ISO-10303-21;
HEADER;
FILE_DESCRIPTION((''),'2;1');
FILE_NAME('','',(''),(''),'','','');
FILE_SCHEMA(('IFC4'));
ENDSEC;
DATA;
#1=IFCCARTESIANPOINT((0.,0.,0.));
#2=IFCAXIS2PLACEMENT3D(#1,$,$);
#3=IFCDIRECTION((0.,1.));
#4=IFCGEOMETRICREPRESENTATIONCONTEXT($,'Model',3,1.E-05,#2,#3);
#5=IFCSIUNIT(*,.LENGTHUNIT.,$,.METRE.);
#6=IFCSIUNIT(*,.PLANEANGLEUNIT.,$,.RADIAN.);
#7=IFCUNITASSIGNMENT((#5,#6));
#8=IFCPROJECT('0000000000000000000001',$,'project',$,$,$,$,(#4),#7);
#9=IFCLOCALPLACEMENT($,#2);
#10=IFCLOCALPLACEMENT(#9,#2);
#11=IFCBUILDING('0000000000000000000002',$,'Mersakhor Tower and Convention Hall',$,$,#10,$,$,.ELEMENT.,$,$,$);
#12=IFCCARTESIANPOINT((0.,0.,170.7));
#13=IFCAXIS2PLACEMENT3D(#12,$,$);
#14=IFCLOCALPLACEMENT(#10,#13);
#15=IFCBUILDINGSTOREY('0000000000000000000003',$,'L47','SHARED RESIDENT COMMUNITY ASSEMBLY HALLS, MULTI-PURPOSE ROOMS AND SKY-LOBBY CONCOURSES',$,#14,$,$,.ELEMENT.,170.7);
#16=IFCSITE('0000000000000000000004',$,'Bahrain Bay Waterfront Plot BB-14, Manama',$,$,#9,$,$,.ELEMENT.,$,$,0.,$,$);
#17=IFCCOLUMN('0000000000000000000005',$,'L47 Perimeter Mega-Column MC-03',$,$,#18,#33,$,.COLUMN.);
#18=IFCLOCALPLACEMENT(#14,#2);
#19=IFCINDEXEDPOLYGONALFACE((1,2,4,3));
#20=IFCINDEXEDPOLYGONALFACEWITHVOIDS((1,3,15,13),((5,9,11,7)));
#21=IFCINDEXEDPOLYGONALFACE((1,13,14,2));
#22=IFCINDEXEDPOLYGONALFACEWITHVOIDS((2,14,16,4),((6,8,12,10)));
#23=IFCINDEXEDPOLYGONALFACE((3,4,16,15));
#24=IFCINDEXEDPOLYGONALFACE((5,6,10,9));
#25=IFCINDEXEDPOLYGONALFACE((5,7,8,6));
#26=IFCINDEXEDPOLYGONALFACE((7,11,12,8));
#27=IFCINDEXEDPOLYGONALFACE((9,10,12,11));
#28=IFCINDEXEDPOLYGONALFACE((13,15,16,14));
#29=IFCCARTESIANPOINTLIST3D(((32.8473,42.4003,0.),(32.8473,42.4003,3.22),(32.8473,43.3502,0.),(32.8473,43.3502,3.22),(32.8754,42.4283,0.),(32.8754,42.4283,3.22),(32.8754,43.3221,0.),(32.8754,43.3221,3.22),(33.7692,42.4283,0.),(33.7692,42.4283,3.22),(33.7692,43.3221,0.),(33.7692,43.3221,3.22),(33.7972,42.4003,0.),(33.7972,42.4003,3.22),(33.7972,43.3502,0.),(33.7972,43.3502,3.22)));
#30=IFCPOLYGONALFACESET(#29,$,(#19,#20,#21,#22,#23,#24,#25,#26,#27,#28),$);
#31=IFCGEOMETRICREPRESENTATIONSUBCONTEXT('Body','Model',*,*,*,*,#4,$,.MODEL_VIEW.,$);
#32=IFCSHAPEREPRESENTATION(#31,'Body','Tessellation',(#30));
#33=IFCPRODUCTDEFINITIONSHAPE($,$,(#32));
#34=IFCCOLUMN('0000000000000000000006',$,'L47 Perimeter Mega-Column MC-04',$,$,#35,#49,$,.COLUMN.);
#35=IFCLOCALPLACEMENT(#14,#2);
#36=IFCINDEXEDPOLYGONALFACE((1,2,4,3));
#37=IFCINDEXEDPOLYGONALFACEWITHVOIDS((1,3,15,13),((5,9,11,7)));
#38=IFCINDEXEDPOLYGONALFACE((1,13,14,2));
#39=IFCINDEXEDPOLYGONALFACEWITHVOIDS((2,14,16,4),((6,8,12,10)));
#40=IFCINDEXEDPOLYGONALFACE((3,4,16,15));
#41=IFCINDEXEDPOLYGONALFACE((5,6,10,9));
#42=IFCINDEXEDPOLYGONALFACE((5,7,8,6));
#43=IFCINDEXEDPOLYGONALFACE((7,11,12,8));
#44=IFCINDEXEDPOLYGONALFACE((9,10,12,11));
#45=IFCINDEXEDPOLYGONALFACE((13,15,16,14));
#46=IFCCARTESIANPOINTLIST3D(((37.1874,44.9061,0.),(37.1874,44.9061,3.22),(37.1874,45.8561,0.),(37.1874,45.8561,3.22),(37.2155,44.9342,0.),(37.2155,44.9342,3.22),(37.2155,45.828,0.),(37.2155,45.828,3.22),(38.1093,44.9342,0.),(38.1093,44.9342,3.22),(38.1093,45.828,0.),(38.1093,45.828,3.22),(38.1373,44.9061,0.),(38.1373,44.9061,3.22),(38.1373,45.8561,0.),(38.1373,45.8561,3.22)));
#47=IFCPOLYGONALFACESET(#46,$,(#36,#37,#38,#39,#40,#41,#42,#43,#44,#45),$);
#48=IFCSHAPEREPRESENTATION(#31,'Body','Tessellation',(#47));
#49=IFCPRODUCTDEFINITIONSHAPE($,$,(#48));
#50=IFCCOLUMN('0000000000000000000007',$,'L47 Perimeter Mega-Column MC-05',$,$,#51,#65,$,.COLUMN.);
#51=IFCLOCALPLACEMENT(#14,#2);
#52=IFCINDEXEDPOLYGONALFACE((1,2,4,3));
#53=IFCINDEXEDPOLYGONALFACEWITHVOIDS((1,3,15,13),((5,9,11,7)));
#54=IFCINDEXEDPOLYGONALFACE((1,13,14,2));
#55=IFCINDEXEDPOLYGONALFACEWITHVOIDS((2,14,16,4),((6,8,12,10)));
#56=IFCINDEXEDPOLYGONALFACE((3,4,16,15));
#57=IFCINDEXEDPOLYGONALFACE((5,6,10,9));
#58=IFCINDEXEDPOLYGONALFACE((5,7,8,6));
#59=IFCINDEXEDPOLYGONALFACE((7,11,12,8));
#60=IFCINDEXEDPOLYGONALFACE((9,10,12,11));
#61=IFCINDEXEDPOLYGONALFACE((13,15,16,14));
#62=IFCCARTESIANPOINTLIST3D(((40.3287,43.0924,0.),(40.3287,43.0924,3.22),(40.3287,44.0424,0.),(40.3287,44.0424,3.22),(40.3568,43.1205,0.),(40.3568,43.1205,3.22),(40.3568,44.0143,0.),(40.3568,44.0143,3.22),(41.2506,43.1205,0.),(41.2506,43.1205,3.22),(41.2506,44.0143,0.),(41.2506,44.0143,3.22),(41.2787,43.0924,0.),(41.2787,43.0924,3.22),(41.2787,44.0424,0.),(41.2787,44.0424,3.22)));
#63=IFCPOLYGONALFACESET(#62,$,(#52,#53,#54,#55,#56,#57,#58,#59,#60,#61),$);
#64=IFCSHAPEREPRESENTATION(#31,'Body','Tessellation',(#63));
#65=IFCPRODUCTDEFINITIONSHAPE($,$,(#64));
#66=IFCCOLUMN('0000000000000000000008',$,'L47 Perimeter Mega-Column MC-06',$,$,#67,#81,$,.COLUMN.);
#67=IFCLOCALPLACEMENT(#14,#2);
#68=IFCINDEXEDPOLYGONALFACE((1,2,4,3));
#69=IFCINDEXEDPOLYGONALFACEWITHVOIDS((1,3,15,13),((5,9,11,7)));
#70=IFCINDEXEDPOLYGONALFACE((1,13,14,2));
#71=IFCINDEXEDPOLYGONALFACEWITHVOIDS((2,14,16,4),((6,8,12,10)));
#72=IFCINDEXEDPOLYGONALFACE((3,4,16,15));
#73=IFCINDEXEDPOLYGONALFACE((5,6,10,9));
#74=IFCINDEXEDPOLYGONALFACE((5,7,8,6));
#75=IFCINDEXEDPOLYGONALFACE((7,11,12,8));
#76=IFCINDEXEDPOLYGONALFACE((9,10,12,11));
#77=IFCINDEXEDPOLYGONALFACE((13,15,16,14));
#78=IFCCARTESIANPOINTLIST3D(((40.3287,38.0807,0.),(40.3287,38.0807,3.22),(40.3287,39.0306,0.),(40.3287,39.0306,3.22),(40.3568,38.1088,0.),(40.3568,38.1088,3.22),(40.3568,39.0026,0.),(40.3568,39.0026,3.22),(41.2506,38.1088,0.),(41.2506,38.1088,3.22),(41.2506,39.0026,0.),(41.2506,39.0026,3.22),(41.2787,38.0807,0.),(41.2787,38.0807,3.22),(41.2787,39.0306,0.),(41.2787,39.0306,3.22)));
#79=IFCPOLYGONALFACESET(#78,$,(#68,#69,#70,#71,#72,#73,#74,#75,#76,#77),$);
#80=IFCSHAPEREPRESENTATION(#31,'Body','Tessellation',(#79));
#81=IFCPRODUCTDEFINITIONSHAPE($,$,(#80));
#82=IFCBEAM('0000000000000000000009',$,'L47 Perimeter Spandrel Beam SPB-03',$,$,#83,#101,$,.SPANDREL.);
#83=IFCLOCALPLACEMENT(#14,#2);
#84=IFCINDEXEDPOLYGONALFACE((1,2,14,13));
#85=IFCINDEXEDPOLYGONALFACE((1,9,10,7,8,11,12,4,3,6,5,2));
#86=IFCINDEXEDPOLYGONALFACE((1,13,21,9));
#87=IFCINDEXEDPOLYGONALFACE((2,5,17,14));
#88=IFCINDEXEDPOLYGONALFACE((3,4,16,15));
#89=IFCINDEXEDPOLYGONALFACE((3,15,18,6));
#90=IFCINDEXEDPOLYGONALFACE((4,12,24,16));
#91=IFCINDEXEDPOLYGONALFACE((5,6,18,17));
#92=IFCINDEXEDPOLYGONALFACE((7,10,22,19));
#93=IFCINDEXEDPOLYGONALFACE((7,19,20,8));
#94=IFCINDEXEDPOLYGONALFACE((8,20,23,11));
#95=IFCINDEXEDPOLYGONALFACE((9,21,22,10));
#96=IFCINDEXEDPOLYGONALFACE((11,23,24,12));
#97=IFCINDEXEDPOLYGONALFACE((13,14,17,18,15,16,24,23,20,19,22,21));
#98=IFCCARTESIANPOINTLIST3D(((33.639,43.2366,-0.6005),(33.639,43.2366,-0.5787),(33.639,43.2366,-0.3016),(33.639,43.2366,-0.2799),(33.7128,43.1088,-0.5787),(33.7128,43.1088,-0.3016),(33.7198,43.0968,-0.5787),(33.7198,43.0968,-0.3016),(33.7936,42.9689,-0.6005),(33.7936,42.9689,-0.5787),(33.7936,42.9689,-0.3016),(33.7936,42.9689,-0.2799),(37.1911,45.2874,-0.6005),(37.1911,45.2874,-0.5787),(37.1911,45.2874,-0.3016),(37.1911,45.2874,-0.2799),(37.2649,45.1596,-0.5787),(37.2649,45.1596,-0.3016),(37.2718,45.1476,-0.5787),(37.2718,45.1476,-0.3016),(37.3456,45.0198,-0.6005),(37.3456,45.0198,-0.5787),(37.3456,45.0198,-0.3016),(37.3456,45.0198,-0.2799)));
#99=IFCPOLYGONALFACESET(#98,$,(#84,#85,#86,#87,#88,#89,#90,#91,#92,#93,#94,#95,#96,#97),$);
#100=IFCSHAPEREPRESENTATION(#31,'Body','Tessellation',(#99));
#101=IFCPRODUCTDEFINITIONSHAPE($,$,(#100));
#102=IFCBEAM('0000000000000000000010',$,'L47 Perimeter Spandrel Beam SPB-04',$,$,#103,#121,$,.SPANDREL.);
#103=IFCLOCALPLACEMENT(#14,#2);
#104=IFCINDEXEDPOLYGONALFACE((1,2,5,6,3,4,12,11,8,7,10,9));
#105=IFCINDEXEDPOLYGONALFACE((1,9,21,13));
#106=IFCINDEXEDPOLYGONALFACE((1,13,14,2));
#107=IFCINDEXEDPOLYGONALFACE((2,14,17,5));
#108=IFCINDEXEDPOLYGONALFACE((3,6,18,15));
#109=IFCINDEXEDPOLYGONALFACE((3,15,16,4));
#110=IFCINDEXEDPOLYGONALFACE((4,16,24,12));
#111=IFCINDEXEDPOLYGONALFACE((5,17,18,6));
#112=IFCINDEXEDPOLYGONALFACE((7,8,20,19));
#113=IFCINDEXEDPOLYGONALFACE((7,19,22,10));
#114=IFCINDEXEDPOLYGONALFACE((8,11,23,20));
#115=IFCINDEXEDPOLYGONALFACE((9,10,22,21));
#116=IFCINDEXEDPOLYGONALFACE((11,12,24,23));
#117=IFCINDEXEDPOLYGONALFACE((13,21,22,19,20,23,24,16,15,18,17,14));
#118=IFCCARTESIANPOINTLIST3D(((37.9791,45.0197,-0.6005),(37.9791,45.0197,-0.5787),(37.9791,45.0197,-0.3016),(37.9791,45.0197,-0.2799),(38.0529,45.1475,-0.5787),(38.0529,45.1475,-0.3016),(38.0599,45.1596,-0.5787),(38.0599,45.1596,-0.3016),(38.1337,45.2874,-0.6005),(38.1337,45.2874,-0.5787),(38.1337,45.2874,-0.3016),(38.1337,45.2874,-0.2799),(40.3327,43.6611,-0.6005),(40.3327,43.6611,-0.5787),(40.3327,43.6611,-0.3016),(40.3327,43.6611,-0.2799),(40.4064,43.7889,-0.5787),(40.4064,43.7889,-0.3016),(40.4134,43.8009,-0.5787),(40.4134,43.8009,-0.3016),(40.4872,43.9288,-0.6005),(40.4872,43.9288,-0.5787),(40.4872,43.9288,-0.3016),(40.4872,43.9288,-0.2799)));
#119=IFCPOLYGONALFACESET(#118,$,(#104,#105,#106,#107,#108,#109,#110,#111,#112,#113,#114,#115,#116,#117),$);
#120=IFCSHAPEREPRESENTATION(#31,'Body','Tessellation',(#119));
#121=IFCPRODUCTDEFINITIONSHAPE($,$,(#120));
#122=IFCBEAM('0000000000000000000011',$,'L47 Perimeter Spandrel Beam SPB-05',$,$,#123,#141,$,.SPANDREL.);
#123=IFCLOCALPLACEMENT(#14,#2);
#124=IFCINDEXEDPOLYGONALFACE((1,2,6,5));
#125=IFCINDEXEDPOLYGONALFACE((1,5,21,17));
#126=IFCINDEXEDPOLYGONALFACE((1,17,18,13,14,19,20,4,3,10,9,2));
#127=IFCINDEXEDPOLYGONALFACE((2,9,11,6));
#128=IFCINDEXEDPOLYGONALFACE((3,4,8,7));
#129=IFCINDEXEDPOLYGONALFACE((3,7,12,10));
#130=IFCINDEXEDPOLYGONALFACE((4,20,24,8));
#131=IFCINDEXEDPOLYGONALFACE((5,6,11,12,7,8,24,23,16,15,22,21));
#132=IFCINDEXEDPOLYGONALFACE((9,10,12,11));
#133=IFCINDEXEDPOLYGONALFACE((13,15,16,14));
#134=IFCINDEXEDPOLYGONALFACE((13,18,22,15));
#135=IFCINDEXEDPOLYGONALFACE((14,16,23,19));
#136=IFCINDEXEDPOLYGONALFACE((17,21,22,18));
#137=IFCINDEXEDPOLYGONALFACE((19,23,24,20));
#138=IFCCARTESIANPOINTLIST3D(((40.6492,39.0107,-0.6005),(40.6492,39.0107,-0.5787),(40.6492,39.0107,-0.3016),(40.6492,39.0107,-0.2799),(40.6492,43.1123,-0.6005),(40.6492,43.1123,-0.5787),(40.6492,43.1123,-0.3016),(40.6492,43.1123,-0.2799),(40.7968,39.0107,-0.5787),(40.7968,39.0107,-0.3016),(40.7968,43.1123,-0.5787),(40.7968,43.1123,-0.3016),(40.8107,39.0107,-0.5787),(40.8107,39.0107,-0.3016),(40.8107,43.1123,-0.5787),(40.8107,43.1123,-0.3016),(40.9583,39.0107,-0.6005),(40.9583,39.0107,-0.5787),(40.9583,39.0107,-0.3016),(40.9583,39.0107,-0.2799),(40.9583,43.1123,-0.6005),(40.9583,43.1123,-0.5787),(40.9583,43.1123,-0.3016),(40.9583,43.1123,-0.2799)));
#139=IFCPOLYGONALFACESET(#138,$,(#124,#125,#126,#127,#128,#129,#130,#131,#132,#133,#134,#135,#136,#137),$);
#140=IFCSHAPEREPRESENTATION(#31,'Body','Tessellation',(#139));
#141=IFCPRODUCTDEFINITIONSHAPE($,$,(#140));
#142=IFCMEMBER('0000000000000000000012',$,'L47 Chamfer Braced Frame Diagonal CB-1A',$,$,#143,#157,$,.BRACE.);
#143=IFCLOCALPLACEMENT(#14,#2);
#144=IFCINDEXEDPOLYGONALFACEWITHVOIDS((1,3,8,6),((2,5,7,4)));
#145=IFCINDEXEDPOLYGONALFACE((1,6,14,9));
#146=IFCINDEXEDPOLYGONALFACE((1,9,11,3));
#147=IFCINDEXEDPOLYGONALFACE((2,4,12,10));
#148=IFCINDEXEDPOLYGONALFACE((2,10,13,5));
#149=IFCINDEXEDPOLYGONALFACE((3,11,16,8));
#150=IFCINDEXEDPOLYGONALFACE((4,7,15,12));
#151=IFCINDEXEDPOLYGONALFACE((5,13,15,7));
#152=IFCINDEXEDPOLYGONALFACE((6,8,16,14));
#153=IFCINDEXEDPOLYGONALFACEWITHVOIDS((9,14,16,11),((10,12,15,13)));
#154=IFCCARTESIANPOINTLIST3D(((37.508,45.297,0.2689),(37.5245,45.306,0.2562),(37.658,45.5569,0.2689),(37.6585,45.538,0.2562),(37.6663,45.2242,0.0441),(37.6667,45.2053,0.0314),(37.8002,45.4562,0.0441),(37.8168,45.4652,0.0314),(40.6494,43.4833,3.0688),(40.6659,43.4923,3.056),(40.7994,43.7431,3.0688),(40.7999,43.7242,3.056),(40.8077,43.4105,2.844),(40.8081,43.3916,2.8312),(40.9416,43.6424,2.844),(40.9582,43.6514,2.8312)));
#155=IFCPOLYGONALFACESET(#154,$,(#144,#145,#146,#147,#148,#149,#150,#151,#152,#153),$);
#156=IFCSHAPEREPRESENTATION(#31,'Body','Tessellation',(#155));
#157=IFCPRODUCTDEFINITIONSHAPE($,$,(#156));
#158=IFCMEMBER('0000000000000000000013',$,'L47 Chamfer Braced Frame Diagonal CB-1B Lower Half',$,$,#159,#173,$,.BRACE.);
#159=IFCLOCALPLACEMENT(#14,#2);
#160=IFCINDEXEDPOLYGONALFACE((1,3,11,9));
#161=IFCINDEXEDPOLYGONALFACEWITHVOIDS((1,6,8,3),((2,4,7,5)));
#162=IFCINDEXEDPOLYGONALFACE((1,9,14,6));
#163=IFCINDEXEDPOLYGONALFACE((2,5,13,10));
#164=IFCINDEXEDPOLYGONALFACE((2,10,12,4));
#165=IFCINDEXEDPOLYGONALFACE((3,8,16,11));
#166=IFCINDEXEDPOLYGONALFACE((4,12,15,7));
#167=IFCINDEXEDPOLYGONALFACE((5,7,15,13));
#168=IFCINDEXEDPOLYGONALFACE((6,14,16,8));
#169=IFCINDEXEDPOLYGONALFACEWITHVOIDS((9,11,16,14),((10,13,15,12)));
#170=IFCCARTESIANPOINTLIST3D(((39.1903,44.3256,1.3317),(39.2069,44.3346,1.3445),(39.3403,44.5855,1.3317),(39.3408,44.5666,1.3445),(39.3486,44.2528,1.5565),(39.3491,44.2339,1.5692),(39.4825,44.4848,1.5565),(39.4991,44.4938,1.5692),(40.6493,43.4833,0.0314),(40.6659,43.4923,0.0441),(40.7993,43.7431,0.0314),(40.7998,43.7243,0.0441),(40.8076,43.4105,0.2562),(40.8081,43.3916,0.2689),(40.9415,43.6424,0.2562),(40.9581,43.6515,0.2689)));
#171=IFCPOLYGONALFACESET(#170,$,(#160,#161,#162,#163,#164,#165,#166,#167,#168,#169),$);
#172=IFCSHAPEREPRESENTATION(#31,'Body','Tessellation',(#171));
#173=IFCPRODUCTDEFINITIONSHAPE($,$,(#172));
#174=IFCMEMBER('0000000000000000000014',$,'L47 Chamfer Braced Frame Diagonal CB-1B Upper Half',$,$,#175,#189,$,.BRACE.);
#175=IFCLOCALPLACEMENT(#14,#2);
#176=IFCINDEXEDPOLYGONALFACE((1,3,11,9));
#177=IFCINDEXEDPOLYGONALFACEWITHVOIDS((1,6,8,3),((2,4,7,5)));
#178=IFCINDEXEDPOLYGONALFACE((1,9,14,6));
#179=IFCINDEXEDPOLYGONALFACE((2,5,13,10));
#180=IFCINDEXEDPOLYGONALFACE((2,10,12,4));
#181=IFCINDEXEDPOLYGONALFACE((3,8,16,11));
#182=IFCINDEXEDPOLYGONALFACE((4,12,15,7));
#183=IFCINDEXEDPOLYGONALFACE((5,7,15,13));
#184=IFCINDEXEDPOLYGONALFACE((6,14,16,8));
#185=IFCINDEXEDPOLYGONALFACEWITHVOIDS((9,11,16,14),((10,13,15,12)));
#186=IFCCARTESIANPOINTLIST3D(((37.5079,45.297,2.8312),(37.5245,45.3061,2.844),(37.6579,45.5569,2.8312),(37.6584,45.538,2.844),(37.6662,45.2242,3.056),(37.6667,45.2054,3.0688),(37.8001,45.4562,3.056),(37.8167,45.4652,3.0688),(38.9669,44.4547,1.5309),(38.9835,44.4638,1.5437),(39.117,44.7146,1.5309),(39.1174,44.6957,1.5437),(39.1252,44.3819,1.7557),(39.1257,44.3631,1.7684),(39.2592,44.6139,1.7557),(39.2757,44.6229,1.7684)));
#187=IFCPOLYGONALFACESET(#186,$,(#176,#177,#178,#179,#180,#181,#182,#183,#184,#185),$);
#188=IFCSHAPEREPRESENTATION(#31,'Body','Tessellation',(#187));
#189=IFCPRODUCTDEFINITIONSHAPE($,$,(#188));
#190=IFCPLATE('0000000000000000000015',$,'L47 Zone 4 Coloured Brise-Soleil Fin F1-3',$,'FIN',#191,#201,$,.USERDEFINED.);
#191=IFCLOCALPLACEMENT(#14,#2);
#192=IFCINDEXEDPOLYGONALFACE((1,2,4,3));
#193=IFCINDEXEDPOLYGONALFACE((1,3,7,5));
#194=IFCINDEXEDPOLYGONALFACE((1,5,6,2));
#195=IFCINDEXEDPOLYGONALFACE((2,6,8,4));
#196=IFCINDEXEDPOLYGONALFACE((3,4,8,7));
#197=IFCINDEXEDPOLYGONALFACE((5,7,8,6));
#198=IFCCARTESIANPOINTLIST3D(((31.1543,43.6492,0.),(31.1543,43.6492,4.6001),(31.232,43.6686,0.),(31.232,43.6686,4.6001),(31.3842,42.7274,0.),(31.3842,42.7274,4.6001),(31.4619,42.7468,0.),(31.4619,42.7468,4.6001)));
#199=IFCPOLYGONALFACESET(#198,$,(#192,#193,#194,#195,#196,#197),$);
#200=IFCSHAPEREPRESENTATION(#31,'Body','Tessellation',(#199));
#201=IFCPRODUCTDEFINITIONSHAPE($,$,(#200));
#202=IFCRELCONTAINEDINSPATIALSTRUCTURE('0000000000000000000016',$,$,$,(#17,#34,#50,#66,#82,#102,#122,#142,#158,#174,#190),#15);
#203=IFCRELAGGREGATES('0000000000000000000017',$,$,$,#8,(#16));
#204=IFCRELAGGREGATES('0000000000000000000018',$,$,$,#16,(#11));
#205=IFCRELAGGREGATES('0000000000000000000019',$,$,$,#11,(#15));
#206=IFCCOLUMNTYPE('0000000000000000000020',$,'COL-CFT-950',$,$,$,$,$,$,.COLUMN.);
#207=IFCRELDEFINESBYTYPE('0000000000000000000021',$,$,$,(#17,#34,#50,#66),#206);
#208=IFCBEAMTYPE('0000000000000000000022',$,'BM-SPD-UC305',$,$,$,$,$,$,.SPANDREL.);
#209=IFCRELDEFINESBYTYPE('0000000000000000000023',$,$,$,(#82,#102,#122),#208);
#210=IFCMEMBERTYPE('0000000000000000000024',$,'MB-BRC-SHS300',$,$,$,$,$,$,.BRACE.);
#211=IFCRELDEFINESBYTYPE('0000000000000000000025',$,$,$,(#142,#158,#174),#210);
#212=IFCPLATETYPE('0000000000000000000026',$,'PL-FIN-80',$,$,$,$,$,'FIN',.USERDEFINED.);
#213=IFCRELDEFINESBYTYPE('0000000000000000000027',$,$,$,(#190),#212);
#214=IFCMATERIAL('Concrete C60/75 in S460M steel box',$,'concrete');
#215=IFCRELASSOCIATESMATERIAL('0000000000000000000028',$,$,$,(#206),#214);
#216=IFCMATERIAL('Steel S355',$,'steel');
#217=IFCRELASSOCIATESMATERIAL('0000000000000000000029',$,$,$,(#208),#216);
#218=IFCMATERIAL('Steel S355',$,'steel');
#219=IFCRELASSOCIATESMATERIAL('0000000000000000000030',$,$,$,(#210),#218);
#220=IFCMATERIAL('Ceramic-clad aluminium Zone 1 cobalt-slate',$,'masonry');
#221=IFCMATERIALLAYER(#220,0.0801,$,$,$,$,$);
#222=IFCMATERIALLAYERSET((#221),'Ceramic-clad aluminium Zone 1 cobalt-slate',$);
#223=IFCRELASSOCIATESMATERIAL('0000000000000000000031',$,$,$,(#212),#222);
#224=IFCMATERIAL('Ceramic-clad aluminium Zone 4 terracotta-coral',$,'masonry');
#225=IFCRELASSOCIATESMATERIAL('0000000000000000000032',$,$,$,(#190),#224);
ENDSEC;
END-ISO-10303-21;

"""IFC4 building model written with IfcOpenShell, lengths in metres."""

from ifc_helpers import new_model, si_unit, direction, frame, origin, origin_2d, place, context, subcontext, project, spatial, rectangle, hollow_rectangle, i_section, extrude, material, layer, layer_set, material_profile, profile_set, type_object, element, save


model = new_model("IFC4")

# Units and contexts
model_context = context("Model", 3, precision=1e-05, world=origin(), true_north=direction((0.0, 1.0)))
body_context = subcontext(model_context, "Body", "Model", "MODEL_VIEW")
ifc_project = project(units=[si_unit("LENGTHUNIT", "METRE"), si_unit("PLANEANGLEUNIT", "RADIAN")], contexts=[model_context])

# Site, building, storey
site_placement = place(None, origin())
site = spatial("IfcSite", under=ifc_project, at=site_placement, Name="Bahrain Bay Waterfront Plot BB-14, Manama", CompositionType="ELEMENT", RefElevation=0.0)
building_placement = place(site_placement, origin())
building = spatial("IfcBuilding", under=site, at=building_placement, Name="Mersakhor Tower and Convention Hall", CompositionType="ELEMENT")
storey_placement = place(building_placement, frame((0.0, 0.0, 170.7)))
storey = spatial("IfcBuildingStorey", under=building, at=storey_placement, Name="L47", Description="SHARED RESIDENT COMMUNITY ASSEMBLY HALLS, MULTI-PURPOSE ROOMS AND SKY-LOBBY CONCOURSES", CompositionType="ELEMENT", Elevation=170.7)

# Columns
ifc_material_1 = material(Name="Concrete C60/75 in S460M steel box", Category="concrete")
ifc_material_profile_1 = material_profile(ifc_material_1, hollow_rectangle(XDim=0.95, YDim=0.95, WallThickness=0.0281, at=origin_2d()), Name="SHS 950x950x28")
ifc_profile_set_1 = profile_set([ifc_material_profile_1], Name="Concrete C60/75 in S460M steel box")
column_type = type_object("IfcColumnType", Name="COL-CFT-950", PredefinedType="COLUMN", material=ifc_profile_set_1)
for number, where, z_axis, x_axis, name in (
    (1, (33.3223, 42.8752, 0.0), (0.0, 0.0, 1.0), (1.0, 0.0, 0.0), "L47 Perimeter Mega-Column MC-03"),
    (2, (37.6624, 45.3811, 0.0), (0.0, 0.0, 1.0), (1.0, 0.0, 0.0), "L47 Perimeter Mega-Column MC-04"),
    (3, (40.8037, 43.5674, 0.0), (0.0, 0.0, 1.0), (1.0, 0.0, 0.0), "L47 Perimeter Mega-Column MC-05"),
    (4, (40.8037, 38.5557, 0.0), (0.0, 0.0, 1.0), (1.0, 0.0, 0.0), "L47 Perimeter Mega-Column MC-06"),
):
    element("IfcColumn", number, at=place(storey_placement, frame(where, z_axis=z_axis, x_axis=x_axis)), inside=storey, type_object=column_type, Name=name, PredefinedType="COLUMN", context=body_context, shape_type="SweptSolid", body=[
        extrude(hollow_rectangle(XDim=0.95, YDim=0.95, WallThickness=0.0281, at=origin_2d()), origin(), (0.0, 0.0, 1.0), 3.22),
    ])

# Beams
ifc_material_2 = material(Name="Steel S355", Category="steel")
ifc_material_profile_2 = material_profile(ifc_material_2, i_section(OverallWidth=0.3091, OverallDepth=0.3206, WebThickness=0.0139, FlangeThickness=0.0217, at=origin_2d()), Name="UC 305x305x137")
ifc_profile_set_2 = profile_set([ifc_material_profile_2], Name="Steel S355")
beam_type = type_object("IfcBeamType", Name="BM-SPD-UC305", PredefinedType="SPANDREL", material=ifc_profile_set_2)
beam_1_placement = place(storey_placement, frame((33.7163, 43.1028, -0.4402), z_axis=(0.866022, 0.500006, 0.0), x_axis=(-0.500006, 0.866022, 0.0)))
element("IfcBeam", 5, at=beam_1_placement, inside=storey, type_object=beam_type, Name="L47 Perimeter Spandrel Beam SPB-03", PredefinedType="SPANDREL", context=body_context, shape_type="SweptSolid", body=[
    extrude(i_section(OverallWidth=0.3091, OverallDepth=0.3206, WebThickness=0.0139, FlangeThickness=0.0217, at=origin_2d()), origin(), (0.0, 0.0, 1.0), 4.1016),
])
beam_2_placement = place(storey_placement, frame((38.0564, 45.1536, -0.4402), z_axis=(0.866051, -0.499956, 0.0), x_axis=(0.499956, 0.866051, 0.0)))
element("IfcBeam", 6, at=beam_2_placement, inside=storey, type_object=beam_type, Name="L47 Perimeter Spandrel Beam SPB-04", PredefinedType="SPANDREL", context=body_context, shape_type="SweptSolid", body=[
    extrude(i_section(OverallWidth=0.3091, OverallDepth=0.3206, WebThickness=0.0139, FlangeThickness=0.0217, at=origin_2d()), origin(), (0.0, 0.0, 1.0), 2.7175),
])
beam_3_placement = place(storey_placement, frame((40.8037, 43.1123, -0.4402), z_axis=(0.0, -1.0, 0.0), x_axis=(1.0, 0.0, 0.0)))
element("IfcBeam", 7, at=beam_3_placement, inside=storey, type_object=beam_type, Name="L47 Perimeter Spandrel Beam SPB-05", PredefinedType="SPANDREL", context=body_context, shape_type="SweptSolid", body=[
    extrude(i_section(OverallWidth=0.3091, OverallDepth=0.3206, WebThickness=0.0139, FlangeThickness=0.0217, at=origin_2d()), origin(), (0.0, 0.0, 1.0), 4.1016),
])

# Members
ifc_material_3 = material(Name="Steel S355", Category="steel")
ifc_material_profile_3 = material_profile(ifc_material_3, hollow_rectangle(XDim=0.3, YDim=0.3, WallThickness=0.0161, at=origin_2d()), Name="SHS 300x300x16")
ifc_profile_set_3 = profile_set([ifc_material_profile_3], Name="Steel S355")
member_type = type_object("IfcMemberType", Name="MB-BRC-SHS300", PredefinedType="BRACE", material=ifc_profile_set_3)
member_placement = place(storey_placement, frame((37.6624, 45.3811, 0.1501), z_axis=(0.685556, -0.395818, 0.611017), x_axis=(0.500012, 0.866019, 0.0)))
element("IfcMember", 8, at=member_placement, inside=storey, type_object=member_type, Name="L47 Chamfer Braced Frame Diagonal CB-1A", PredefinedType="BRACE", context=body_context, shape_type="SweptSolid", body=[
    extrude(hollow_rectangle(XDim=0.3, YDim=0.3, WallThickness=0.0161, at=origin_2d()), origin(), (0.0, 0.0, 1.0), 4.5823),
])
for number, where, z_axis, x_axis, name in (
    (9, (40.8037, 43.5674, 0.1501), (-0.685578, 0.395791, 0.611009), (-0.499973, -0.866041, 0.0), "L47 Chamfer Braced Frame Diagonal CB-1B Lower Half"),
    (10, (39.1213, 44.5388, 1.6497), (-0.685578, 0.395791, 0.611009), (-0.499973, -0.866041, 0.0), "L47 Chamfer Braced Frame Diagonal CB-1B Upper Half"),
):
    element("IfcMember", number, at=place(storey_placement, frame(where, z_axis=z_axis, x_axis=x_axis)), inside=storey, type_object=member_type, Name=name, PredefinedType="BRACE", context=body_context, shape_type="SweptSolid", body=[
        extrude(hollow_rectangle(XDim=0.3, YDim=0.3, WallThickness=0.0161, at=origin_2d()), origin(), (0.0, 0.0, 1.0), 2.1282),
    ])

# Plate
ifc_material_4 = material(Name="Ceramic-clad aluminium Zone 4 terracotta-coral", Category="masonry")
ifc_material_5 = material(Name="Ceramic-clad aluminium Zone 1 cobalt-slate", Category="masonry")
ifc_layer_1 = layer(ifc_material_5, 0.0801)
ifc_layer_set_1 = layer_set([ifc_layer_1], Name="Ceramic-clad aluminium Zone 1 cobalt-slate")
plate_type_1 = type_object("IfcPlateType", Name="PL-FIN-80", ElementType="FIN", PredefinedType="USERDEFINED", material=ifc_layer_set_1)
plate_1_placement = place(storey_placement, frame((31.3081, 43.198, 0.0), z_axis=(0.0, 0.0, 1.0), x_axis=(-0.241922, 0.970296, 0.0)))
element("IfcPlate", 11, at=plate_1_placement, inside=storey, type_object=plate_type_1, material=ifc_material_4, Name="L47 Zone 4 Coloured Brise-Soleil Fin F1-3", ObjectType="FIN", PredefinedType="USERDEFINED", context=body_context, shape_type="SweptSolid", body=[
    extrude(rectangle(XDim=0.95, YDim=0.0801, at=origin_2d()), origin(), (0.0, 0.0, 1.0), 4.6001),
])

save(model, "model.ifc")
